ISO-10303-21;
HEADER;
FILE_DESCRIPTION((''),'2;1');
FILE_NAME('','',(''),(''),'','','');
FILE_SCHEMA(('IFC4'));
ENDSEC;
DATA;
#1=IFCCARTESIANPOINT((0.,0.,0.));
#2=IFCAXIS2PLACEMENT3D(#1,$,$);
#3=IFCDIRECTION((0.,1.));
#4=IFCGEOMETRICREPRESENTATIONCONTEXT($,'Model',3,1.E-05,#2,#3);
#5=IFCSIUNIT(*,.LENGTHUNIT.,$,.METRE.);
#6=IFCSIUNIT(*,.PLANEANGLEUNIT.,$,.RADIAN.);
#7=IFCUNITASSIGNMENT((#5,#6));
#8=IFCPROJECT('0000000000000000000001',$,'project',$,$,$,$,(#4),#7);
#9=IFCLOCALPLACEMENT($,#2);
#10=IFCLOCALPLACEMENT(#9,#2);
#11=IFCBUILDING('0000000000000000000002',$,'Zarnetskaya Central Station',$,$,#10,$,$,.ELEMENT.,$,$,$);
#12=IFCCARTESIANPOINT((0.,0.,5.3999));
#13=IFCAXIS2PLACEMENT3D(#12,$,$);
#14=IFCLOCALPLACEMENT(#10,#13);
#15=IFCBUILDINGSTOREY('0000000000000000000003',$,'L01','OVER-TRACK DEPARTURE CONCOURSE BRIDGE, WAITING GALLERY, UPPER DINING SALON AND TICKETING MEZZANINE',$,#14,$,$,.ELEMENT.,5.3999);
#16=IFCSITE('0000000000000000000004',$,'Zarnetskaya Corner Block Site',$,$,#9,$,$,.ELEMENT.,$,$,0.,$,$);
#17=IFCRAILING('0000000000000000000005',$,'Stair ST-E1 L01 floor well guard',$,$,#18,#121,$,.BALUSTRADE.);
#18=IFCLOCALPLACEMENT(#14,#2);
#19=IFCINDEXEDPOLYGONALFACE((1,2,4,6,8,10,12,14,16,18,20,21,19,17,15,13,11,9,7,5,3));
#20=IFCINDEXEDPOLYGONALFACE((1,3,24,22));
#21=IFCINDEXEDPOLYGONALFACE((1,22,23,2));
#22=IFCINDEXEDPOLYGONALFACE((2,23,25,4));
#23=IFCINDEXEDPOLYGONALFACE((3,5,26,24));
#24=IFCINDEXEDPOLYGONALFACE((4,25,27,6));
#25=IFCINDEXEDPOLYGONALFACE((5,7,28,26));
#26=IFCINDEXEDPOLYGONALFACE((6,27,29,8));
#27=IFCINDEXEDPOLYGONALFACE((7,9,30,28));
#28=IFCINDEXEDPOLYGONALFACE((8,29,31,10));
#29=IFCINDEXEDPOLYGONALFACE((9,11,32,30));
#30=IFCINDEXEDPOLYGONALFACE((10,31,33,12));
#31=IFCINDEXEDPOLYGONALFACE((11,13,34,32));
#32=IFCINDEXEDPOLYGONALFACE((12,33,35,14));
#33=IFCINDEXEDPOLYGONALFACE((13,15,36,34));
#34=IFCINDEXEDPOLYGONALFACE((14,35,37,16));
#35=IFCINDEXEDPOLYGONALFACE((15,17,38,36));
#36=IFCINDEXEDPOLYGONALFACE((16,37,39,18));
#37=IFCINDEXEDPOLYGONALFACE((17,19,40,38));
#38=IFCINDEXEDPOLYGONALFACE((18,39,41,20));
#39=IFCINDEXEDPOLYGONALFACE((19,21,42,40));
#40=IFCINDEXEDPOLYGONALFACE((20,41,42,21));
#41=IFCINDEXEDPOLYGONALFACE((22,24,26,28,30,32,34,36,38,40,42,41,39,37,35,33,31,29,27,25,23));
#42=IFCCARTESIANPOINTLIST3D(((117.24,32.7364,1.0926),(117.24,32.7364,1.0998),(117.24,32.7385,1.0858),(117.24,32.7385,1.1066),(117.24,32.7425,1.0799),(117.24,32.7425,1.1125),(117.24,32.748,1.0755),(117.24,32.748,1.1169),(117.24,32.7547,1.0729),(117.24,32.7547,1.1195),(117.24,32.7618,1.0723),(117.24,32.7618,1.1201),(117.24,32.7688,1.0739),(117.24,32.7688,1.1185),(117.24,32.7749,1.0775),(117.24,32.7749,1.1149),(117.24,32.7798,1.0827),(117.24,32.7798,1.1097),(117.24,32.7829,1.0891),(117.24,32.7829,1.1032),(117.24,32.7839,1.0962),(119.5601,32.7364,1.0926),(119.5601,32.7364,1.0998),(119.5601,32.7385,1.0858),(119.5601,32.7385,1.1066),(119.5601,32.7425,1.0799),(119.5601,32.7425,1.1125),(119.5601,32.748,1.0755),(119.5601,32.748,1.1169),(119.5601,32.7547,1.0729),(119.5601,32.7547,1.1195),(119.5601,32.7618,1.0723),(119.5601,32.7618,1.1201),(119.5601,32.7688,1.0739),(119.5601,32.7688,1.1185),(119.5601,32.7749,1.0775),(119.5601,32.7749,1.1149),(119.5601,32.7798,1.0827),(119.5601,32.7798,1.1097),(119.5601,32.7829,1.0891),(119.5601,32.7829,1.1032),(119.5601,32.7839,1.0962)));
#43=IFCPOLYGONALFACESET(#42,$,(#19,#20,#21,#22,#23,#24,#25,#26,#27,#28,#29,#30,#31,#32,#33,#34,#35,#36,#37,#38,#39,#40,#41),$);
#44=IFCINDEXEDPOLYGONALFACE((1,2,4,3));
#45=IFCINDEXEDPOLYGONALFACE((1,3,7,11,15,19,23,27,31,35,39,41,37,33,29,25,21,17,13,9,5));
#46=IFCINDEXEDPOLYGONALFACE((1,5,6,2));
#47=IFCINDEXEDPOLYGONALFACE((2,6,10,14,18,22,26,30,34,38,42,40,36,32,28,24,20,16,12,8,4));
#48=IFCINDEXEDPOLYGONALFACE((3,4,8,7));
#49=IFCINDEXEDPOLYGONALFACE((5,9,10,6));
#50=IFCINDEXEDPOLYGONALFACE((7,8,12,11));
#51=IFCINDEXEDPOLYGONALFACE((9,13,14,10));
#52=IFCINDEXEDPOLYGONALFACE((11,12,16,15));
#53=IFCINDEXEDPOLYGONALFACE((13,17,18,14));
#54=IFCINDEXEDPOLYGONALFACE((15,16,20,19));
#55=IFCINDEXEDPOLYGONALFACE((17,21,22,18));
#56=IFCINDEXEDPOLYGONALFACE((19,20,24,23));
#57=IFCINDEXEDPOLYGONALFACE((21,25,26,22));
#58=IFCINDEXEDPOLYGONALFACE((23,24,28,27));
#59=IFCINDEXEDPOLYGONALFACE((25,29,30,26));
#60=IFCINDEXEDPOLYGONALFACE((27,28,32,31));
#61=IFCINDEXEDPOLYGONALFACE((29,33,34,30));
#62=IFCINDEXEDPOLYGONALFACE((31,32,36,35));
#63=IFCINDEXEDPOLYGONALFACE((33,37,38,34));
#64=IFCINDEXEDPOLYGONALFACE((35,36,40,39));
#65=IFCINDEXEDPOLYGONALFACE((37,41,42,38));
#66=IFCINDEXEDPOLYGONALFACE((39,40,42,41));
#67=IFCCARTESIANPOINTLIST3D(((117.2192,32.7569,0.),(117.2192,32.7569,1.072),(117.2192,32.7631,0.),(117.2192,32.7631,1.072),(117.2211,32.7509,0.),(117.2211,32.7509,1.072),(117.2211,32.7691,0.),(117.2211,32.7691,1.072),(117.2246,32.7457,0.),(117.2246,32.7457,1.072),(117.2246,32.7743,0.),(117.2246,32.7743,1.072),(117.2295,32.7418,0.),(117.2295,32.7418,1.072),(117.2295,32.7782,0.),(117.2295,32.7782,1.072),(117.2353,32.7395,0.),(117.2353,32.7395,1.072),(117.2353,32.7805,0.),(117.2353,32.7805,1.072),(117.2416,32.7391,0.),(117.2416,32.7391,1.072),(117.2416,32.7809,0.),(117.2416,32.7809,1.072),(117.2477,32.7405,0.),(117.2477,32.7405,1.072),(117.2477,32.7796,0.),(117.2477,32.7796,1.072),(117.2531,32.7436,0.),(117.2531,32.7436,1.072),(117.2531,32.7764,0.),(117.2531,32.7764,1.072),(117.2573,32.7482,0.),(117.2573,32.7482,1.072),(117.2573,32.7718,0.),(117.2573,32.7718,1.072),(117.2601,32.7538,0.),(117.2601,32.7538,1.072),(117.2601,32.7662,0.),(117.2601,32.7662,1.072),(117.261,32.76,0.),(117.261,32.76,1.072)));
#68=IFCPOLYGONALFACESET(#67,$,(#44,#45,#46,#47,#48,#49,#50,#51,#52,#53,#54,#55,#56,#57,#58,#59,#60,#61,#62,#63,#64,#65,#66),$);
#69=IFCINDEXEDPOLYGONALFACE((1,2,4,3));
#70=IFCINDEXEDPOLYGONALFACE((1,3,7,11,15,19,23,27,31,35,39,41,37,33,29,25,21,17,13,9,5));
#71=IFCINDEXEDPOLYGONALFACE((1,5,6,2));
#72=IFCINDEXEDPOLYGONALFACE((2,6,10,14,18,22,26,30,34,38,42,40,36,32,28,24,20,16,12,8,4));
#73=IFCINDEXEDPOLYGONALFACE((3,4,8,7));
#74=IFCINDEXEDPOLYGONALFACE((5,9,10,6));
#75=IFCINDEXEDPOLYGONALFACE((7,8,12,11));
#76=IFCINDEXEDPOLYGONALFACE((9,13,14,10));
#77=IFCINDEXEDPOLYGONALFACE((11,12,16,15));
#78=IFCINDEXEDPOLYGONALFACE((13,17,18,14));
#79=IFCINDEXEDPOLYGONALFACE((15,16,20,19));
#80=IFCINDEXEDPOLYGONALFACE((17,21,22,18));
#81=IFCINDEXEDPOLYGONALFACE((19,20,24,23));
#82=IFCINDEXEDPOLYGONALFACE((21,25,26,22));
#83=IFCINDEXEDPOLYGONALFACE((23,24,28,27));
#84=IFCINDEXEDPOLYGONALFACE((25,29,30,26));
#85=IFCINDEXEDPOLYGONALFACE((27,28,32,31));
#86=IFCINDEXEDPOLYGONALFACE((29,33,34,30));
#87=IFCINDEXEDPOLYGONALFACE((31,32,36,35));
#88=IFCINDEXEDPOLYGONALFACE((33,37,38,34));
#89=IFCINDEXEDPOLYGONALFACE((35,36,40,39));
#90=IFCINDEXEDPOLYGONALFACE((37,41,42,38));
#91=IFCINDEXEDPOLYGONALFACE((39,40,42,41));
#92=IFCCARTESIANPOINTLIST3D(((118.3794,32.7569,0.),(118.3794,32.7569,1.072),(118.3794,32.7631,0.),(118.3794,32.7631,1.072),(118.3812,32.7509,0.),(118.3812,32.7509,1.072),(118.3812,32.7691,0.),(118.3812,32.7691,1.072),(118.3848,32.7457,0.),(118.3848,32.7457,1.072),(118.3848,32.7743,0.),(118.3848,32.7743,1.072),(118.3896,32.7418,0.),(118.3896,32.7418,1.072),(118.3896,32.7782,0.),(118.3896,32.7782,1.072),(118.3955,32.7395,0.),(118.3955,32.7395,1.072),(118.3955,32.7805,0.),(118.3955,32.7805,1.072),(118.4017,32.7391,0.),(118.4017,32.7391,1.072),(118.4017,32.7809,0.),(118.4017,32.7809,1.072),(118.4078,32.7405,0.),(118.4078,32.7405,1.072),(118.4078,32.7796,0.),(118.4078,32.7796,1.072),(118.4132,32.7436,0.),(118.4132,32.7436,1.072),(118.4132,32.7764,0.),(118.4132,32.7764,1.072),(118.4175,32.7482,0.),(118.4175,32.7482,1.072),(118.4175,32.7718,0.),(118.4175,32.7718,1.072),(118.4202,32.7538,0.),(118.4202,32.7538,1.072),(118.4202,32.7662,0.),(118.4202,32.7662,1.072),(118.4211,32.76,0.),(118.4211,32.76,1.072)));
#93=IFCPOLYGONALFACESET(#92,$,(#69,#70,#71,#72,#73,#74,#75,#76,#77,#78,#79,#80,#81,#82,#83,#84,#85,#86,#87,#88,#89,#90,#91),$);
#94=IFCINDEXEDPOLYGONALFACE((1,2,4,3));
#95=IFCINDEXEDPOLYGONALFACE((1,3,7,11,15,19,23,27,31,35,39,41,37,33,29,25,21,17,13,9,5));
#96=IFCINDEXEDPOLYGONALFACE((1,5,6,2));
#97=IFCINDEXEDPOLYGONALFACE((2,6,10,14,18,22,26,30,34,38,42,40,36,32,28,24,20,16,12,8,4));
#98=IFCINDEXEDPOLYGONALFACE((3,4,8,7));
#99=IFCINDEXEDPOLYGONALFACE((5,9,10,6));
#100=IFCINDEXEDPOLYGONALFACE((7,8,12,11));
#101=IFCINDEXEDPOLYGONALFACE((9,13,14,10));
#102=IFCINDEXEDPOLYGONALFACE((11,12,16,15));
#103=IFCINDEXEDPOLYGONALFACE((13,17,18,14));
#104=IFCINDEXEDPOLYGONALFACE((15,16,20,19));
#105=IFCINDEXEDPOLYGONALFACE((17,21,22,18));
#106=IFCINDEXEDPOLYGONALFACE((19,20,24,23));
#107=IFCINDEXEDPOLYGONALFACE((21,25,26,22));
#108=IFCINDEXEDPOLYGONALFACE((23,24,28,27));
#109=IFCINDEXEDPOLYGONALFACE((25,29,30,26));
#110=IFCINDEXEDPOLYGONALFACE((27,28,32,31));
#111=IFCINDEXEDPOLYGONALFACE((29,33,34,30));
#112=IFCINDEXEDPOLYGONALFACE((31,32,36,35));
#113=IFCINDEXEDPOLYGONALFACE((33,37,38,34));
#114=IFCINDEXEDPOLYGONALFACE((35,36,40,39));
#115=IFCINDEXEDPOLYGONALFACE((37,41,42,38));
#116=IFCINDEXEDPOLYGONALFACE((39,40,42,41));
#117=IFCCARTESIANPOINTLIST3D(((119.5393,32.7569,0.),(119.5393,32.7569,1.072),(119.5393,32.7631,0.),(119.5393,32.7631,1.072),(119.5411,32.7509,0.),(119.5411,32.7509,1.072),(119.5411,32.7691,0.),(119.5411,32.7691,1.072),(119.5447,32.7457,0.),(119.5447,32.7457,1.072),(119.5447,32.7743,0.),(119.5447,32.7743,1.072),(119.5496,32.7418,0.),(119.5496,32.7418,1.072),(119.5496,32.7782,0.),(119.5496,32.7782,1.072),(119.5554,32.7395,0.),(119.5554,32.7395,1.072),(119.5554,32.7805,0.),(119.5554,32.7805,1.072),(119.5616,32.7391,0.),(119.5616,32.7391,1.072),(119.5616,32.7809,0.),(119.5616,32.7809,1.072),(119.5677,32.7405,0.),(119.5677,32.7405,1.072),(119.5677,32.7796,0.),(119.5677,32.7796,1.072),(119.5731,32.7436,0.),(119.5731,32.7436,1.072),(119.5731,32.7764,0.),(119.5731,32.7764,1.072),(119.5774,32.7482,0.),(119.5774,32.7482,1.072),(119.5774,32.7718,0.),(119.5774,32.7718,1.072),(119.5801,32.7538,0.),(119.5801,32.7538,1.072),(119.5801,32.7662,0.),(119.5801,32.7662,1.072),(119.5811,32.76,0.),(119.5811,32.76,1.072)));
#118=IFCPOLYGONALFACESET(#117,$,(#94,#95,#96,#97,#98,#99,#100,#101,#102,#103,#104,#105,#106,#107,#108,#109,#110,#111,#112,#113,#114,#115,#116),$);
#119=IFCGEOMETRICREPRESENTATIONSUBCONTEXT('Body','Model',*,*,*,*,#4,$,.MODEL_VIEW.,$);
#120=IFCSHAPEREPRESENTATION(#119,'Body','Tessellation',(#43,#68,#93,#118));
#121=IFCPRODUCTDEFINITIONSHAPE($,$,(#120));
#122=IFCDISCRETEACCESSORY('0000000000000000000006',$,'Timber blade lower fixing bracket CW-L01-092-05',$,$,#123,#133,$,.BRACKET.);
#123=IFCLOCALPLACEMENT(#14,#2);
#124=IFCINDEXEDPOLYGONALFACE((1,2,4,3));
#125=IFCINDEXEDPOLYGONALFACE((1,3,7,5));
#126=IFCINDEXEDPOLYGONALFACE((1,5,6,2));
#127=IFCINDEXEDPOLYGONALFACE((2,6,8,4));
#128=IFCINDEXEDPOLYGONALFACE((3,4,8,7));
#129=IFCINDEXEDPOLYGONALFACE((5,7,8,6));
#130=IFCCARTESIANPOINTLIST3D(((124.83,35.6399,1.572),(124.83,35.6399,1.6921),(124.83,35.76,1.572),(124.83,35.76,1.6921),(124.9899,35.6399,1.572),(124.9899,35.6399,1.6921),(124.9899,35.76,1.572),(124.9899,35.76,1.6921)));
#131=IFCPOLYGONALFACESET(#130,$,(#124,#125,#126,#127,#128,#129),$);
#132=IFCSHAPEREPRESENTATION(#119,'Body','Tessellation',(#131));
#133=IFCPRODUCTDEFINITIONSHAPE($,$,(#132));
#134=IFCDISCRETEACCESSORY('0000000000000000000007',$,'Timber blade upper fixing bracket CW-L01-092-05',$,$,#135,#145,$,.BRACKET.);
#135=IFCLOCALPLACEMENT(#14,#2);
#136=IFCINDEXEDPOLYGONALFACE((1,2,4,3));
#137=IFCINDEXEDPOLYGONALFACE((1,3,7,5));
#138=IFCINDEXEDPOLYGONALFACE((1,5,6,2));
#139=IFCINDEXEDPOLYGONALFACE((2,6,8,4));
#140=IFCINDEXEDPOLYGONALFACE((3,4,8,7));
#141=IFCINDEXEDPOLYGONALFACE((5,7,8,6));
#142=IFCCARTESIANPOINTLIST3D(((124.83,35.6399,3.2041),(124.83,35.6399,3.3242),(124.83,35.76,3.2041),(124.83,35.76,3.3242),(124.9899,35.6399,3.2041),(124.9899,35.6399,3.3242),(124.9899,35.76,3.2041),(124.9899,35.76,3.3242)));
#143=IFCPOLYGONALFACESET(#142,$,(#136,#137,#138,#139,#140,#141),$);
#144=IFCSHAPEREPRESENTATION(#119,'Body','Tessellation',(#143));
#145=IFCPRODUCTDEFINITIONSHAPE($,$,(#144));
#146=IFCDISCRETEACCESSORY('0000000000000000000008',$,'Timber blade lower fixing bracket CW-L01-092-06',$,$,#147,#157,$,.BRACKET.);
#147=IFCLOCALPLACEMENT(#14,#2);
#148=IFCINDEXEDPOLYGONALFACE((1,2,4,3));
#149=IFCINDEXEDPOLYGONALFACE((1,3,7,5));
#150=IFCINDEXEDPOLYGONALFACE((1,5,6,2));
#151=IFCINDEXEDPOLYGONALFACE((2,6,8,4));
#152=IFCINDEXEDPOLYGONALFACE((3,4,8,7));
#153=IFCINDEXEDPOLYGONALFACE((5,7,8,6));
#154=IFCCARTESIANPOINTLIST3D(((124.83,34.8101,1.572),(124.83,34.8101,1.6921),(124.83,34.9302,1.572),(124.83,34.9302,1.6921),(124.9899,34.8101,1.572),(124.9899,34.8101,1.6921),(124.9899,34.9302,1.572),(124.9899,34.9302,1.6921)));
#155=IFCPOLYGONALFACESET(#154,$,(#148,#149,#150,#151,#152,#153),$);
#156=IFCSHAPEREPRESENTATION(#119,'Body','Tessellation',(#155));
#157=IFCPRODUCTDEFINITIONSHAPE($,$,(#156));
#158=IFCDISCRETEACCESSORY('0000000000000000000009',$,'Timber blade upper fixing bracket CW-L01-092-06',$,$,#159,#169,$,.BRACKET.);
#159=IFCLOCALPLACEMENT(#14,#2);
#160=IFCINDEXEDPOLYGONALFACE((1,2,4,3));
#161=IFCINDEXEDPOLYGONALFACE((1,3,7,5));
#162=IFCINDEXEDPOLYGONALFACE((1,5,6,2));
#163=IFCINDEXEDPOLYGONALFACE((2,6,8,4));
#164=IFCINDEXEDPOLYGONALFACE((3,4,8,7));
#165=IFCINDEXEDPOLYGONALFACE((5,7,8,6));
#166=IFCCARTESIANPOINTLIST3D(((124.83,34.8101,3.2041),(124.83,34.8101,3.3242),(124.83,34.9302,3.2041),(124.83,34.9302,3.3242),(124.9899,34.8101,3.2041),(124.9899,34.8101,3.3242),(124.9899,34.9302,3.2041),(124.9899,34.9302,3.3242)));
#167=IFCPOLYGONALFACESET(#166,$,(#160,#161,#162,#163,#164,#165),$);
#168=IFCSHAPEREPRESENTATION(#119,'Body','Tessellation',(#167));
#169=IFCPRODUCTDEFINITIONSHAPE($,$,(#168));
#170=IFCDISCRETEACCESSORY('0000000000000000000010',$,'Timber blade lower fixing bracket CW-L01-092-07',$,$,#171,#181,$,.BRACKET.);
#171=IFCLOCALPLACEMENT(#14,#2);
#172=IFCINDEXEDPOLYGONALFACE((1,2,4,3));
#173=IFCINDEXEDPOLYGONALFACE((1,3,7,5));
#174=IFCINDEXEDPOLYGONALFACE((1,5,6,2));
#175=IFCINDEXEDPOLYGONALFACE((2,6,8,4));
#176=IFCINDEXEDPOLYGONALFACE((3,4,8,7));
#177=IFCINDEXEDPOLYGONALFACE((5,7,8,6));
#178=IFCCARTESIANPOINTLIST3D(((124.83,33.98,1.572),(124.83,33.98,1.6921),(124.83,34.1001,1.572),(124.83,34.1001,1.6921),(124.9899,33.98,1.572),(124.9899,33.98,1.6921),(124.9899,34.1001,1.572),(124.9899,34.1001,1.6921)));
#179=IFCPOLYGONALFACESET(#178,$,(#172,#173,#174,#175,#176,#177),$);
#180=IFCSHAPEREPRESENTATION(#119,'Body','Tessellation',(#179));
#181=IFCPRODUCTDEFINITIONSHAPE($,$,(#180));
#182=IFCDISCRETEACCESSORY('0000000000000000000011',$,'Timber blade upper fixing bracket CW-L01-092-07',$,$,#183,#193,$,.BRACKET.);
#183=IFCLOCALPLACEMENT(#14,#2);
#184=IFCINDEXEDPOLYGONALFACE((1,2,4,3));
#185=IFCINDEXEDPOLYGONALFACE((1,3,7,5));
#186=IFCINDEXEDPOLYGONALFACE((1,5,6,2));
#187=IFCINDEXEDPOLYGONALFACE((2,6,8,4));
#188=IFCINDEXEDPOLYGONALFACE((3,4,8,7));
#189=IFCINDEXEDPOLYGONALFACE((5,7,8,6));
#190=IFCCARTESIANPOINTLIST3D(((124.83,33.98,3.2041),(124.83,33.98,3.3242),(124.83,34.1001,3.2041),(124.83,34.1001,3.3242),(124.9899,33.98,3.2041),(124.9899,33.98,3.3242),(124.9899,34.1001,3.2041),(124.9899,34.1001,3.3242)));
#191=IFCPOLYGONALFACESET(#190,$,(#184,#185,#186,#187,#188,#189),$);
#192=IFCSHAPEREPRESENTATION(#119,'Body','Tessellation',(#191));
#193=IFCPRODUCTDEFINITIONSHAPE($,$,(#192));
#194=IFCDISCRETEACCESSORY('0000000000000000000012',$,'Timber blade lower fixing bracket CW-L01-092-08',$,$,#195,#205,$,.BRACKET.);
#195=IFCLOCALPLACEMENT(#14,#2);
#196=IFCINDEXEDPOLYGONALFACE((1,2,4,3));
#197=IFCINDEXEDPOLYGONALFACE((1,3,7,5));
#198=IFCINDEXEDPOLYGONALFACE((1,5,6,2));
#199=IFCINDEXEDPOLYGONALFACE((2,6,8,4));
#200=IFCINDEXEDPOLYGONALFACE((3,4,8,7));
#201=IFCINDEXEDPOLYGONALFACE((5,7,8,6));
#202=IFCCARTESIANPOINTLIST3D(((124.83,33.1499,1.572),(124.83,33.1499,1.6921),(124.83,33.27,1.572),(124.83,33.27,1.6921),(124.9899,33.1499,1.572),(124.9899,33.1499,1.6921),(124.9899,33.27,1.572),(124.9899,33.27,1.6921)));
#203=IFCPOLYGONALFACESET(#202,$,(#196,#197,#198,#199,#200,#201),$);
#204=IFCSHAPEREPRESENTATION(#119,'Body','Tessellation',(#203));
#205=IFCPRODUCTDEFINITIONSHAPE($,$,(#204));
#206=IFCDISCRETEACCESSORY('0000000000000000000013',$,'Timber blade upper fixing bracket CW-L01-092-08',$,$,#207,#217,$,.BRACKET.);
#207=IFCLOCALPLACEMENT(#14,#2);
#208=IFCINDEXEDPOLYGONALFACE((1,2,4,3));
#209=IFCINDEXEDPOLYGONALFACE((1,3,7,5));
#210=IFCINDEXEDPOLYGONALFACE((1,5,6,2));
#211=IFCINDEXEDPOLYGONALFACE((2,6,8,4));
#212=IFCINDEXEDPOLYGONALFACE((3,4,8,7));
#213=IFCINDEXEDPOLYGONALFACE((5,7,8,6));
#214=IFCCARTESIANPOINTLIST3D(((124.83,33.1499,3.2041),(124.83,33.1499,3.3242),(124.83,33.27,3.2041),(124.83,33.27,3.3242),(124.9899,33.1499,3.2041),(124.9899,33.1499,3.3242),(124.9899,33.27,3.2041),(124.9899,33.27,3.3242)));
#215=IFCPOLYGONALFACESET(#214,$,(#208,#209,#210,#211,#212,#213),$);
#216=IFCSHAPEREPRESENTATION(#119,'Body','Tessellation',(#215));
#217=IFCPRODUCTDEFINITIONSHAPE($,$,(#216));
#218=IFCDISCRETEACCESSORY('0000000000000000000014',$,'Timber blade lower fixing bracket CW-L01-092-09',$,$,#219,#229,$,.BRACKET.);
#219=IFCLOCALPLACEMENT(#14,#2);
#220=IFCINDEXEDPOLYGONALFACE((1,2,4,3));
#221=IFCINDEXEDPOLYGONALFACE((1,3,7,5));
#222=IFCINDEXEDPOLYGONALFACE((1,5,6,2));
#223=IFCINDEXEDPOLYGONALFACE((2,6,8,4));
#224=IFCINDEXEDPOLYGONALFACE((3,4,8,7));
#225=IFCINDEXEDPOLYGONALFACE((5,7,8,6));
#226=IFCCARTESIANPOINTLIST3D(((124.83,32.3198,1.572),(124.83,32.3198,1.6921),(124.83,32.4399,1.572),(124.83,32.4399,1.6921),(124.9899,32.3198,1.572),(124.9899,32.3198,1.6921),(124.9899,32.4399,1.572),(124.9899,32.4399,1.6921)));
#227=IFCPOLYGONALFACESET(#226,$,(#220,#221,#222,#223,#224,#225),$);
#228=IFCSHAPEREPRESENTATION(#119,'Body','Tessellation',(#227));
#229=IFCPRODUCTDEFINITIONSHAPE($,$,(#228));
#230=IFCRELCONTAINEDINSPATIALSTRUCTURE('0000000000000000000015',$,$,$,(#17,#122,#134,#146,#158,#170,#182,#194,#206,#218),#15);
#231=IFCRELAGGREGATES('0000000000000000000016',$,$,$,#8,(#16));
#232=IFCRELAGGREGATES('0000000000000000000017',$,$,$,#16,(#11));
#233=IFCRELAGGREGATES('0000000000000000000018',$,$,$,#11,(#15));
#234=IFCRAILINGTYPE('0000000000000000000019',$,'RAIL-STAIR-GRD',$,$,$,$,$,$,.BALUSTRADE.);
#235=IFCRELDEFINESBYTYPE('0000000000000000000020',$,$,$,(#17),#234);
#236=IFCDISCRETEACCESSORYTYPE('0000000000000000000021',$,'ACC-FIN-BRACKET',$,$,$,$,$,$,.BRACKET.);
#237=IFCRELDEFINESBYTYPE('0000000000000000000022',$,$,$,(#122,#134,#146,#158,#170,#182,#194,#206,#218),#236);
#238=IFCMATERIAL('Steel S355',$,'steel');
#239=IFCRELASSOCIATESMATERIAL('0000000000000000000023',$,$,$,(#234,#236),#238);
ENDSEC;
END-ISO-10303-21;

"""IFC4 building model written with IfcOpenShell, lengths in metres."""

from ifc_helpers import new_model, si_unit, direction, frame, origin, origin_2d, place, context, subcontext, project, spatial, rectangle, circle, extrude, material, type_object, element, save


model = new_model("IFC4")

# Units and contexts
model_context = context("Model", 3, precision=1e-05, world=origin(), true_north=direction((0.0, 1.0)))
body_context = subcontext(model_context, "Body", "Model", "MODEL_VIEW")
ifc_project = project(units=[si_unit("LENGTHUNIT", "METRE"), si_unit("PLANEANGLEUNIT", "RADIAN")], contexts=[model_context])

# Site, building, storey
site_placement = place(None, origin())
site = spatial("IfcSite", under=ifc_project, at=site_placement, Name="Zarnetskaya Corner Block Site", CompositionType="ELEMENT", RefElevation=0.0)
building_placement = place(site_placement, origin())
building = spatial("IfcBuilding", under=site, at=building_placement, Name="Zarnetskaya Central Station", CompositionType="ELEMENT")
storey_placement = place(building_placement, frame((0.0, 0.0, 5.3999)))
storey = spatial("IfcBuildingStorey", under=building, at=storey_placement, Name="L01", Description="OVER-TRACK DEPARTURE CONCOURSE BRIDGE, WAITING GALLERY, UPPER DINING SALON AND TICKETING MEZZANINE", CompositionType="ELEMENT", Elevation=5.3999)

# Shared definitions
ifc_material_1 = material(Name="Steel S355", Category="steel")

# Railing
railing_type = type_object("IfcRailingType", Name="RAIL-STAIR-GRD", PredefinedType="BALUSTRADE", material=ifc_material_1)
railing_placement = place(storey_placement, frame((117.24, 32.76, 0.0)))
element("IfcRailing", 1, at=railing_placement, inside=storey, type_object=railing_type, Name="Stair ST-E1 L01 floor well guard", PredefinedType="BALUSTRADE", context=body_context, shape_type="SweptSolid", body=[
    extrude(circle(Radius=0.0239, at=origin_2d()), frame((0.0, 0.0, 1.0962), z_axis=(1.0, 0.0, 0.0), x_axis=(0.0, 1.0, 0.0)), (0.0, 0.0, 1.0), 2.3201),
    extrude(circle(Radius=0.021, at=origin_2d()), origin(), (0.0, 0.0, 1.0), 1.072),
    extrude(circle(Radius=0.021, at=origin_2d()), frame((1.1602, 0.0, 0.0)), (0.0, 0.0, 1.0), 1.072),
    extrude(circle(Radius=0.021, at=origin_2d()), frame((2.3201, 0.0, 0.0)), (0.0, 0.0, 1.0), 1.072),
])

# Discrete accessories
discrete_accessory_type = type_object("IfcDiscreteAccessoryType", Name="ACC-FIN-BRACKET", PredefinedType="BRACKET", material=ifc_material_1)
for number, where, z_axis, x_axis, name in (
    (2, (124.9099, 35.7, 1.572), (0.0, 0.0, 1.0), (0.0, -1.0, 0.0), "Timber blade lower fixing bracket CW-L01-092-05"),
    (3, (124.9099, 35.7, 3.2041), (0.0, 0.0, 1.0), (0.0, -1.0, 0.0), "Timber blade upper fixing bracket CW-L01-092-05"),
    (4, (124.9099, 34.8701, 1.572), (0.0, 0.0, 1.0), (0.0, -1.0, 0.0), "Timber blade lower fixing bracket CW-L01-092-06"),
    (5, (124.9099, 34.8701, 3.2041), (0.0, 0.0, 1.0), (0.0, -1.0, 0.0), "Timber blade upper fixing bracket CW-L01-092-06"),
    (6, (124.9099, 34.04, 1.572), (0.0, 0.0, 1.0), (0.0, -1.0, 0.0), "Timber blade lower fixing bracket CW-L01-092-07"),
    (7, (124.9099, 34.04, 3.2041), (0.0, 0.0, 1.0), (0.0, -1.0, 0.0), "Timber blade upper fixing bracket CW-L01-092-07"),
    (8, (124.9099, 33.21, 1.572), (0.0, 0.0, 1.0), (0.0, -1.0, 0.0), "Timber blade lower fixing bracket CW-L01-092-08"),
    (9, (124.9099, 33.21, 3.2041), (0.0, 0.0, 1.0), (0.0, -1.0, 0.0), "Timber blade upper fixing bracket CW-L01-092-08"),
    (10, (124.9099, 32.3799, 1.572), (0.0, 0.0, 1.0), (0.0, -1.0, 0.0), "Timber blade lower fixing bracket CW-L01-092-09"),
):
    element("IfcDiscreteAccessory", number, at=place(storey_placement, frame(where, z_axis=z_axis, x_axis=x_axis)), inside=storey, type_object=discrete_accessory_type, Name=name, PredefinedType="BRACKET", context=body_context, shape_type="SweptSolid", body=[
        extrude(rectangle(XDim=0.1201, YDim=0.1599, at=origin_2d()), origin(), (0.0, 0.0, 1.0), 0.1201),
    ])

save(model, "model.ifc")
